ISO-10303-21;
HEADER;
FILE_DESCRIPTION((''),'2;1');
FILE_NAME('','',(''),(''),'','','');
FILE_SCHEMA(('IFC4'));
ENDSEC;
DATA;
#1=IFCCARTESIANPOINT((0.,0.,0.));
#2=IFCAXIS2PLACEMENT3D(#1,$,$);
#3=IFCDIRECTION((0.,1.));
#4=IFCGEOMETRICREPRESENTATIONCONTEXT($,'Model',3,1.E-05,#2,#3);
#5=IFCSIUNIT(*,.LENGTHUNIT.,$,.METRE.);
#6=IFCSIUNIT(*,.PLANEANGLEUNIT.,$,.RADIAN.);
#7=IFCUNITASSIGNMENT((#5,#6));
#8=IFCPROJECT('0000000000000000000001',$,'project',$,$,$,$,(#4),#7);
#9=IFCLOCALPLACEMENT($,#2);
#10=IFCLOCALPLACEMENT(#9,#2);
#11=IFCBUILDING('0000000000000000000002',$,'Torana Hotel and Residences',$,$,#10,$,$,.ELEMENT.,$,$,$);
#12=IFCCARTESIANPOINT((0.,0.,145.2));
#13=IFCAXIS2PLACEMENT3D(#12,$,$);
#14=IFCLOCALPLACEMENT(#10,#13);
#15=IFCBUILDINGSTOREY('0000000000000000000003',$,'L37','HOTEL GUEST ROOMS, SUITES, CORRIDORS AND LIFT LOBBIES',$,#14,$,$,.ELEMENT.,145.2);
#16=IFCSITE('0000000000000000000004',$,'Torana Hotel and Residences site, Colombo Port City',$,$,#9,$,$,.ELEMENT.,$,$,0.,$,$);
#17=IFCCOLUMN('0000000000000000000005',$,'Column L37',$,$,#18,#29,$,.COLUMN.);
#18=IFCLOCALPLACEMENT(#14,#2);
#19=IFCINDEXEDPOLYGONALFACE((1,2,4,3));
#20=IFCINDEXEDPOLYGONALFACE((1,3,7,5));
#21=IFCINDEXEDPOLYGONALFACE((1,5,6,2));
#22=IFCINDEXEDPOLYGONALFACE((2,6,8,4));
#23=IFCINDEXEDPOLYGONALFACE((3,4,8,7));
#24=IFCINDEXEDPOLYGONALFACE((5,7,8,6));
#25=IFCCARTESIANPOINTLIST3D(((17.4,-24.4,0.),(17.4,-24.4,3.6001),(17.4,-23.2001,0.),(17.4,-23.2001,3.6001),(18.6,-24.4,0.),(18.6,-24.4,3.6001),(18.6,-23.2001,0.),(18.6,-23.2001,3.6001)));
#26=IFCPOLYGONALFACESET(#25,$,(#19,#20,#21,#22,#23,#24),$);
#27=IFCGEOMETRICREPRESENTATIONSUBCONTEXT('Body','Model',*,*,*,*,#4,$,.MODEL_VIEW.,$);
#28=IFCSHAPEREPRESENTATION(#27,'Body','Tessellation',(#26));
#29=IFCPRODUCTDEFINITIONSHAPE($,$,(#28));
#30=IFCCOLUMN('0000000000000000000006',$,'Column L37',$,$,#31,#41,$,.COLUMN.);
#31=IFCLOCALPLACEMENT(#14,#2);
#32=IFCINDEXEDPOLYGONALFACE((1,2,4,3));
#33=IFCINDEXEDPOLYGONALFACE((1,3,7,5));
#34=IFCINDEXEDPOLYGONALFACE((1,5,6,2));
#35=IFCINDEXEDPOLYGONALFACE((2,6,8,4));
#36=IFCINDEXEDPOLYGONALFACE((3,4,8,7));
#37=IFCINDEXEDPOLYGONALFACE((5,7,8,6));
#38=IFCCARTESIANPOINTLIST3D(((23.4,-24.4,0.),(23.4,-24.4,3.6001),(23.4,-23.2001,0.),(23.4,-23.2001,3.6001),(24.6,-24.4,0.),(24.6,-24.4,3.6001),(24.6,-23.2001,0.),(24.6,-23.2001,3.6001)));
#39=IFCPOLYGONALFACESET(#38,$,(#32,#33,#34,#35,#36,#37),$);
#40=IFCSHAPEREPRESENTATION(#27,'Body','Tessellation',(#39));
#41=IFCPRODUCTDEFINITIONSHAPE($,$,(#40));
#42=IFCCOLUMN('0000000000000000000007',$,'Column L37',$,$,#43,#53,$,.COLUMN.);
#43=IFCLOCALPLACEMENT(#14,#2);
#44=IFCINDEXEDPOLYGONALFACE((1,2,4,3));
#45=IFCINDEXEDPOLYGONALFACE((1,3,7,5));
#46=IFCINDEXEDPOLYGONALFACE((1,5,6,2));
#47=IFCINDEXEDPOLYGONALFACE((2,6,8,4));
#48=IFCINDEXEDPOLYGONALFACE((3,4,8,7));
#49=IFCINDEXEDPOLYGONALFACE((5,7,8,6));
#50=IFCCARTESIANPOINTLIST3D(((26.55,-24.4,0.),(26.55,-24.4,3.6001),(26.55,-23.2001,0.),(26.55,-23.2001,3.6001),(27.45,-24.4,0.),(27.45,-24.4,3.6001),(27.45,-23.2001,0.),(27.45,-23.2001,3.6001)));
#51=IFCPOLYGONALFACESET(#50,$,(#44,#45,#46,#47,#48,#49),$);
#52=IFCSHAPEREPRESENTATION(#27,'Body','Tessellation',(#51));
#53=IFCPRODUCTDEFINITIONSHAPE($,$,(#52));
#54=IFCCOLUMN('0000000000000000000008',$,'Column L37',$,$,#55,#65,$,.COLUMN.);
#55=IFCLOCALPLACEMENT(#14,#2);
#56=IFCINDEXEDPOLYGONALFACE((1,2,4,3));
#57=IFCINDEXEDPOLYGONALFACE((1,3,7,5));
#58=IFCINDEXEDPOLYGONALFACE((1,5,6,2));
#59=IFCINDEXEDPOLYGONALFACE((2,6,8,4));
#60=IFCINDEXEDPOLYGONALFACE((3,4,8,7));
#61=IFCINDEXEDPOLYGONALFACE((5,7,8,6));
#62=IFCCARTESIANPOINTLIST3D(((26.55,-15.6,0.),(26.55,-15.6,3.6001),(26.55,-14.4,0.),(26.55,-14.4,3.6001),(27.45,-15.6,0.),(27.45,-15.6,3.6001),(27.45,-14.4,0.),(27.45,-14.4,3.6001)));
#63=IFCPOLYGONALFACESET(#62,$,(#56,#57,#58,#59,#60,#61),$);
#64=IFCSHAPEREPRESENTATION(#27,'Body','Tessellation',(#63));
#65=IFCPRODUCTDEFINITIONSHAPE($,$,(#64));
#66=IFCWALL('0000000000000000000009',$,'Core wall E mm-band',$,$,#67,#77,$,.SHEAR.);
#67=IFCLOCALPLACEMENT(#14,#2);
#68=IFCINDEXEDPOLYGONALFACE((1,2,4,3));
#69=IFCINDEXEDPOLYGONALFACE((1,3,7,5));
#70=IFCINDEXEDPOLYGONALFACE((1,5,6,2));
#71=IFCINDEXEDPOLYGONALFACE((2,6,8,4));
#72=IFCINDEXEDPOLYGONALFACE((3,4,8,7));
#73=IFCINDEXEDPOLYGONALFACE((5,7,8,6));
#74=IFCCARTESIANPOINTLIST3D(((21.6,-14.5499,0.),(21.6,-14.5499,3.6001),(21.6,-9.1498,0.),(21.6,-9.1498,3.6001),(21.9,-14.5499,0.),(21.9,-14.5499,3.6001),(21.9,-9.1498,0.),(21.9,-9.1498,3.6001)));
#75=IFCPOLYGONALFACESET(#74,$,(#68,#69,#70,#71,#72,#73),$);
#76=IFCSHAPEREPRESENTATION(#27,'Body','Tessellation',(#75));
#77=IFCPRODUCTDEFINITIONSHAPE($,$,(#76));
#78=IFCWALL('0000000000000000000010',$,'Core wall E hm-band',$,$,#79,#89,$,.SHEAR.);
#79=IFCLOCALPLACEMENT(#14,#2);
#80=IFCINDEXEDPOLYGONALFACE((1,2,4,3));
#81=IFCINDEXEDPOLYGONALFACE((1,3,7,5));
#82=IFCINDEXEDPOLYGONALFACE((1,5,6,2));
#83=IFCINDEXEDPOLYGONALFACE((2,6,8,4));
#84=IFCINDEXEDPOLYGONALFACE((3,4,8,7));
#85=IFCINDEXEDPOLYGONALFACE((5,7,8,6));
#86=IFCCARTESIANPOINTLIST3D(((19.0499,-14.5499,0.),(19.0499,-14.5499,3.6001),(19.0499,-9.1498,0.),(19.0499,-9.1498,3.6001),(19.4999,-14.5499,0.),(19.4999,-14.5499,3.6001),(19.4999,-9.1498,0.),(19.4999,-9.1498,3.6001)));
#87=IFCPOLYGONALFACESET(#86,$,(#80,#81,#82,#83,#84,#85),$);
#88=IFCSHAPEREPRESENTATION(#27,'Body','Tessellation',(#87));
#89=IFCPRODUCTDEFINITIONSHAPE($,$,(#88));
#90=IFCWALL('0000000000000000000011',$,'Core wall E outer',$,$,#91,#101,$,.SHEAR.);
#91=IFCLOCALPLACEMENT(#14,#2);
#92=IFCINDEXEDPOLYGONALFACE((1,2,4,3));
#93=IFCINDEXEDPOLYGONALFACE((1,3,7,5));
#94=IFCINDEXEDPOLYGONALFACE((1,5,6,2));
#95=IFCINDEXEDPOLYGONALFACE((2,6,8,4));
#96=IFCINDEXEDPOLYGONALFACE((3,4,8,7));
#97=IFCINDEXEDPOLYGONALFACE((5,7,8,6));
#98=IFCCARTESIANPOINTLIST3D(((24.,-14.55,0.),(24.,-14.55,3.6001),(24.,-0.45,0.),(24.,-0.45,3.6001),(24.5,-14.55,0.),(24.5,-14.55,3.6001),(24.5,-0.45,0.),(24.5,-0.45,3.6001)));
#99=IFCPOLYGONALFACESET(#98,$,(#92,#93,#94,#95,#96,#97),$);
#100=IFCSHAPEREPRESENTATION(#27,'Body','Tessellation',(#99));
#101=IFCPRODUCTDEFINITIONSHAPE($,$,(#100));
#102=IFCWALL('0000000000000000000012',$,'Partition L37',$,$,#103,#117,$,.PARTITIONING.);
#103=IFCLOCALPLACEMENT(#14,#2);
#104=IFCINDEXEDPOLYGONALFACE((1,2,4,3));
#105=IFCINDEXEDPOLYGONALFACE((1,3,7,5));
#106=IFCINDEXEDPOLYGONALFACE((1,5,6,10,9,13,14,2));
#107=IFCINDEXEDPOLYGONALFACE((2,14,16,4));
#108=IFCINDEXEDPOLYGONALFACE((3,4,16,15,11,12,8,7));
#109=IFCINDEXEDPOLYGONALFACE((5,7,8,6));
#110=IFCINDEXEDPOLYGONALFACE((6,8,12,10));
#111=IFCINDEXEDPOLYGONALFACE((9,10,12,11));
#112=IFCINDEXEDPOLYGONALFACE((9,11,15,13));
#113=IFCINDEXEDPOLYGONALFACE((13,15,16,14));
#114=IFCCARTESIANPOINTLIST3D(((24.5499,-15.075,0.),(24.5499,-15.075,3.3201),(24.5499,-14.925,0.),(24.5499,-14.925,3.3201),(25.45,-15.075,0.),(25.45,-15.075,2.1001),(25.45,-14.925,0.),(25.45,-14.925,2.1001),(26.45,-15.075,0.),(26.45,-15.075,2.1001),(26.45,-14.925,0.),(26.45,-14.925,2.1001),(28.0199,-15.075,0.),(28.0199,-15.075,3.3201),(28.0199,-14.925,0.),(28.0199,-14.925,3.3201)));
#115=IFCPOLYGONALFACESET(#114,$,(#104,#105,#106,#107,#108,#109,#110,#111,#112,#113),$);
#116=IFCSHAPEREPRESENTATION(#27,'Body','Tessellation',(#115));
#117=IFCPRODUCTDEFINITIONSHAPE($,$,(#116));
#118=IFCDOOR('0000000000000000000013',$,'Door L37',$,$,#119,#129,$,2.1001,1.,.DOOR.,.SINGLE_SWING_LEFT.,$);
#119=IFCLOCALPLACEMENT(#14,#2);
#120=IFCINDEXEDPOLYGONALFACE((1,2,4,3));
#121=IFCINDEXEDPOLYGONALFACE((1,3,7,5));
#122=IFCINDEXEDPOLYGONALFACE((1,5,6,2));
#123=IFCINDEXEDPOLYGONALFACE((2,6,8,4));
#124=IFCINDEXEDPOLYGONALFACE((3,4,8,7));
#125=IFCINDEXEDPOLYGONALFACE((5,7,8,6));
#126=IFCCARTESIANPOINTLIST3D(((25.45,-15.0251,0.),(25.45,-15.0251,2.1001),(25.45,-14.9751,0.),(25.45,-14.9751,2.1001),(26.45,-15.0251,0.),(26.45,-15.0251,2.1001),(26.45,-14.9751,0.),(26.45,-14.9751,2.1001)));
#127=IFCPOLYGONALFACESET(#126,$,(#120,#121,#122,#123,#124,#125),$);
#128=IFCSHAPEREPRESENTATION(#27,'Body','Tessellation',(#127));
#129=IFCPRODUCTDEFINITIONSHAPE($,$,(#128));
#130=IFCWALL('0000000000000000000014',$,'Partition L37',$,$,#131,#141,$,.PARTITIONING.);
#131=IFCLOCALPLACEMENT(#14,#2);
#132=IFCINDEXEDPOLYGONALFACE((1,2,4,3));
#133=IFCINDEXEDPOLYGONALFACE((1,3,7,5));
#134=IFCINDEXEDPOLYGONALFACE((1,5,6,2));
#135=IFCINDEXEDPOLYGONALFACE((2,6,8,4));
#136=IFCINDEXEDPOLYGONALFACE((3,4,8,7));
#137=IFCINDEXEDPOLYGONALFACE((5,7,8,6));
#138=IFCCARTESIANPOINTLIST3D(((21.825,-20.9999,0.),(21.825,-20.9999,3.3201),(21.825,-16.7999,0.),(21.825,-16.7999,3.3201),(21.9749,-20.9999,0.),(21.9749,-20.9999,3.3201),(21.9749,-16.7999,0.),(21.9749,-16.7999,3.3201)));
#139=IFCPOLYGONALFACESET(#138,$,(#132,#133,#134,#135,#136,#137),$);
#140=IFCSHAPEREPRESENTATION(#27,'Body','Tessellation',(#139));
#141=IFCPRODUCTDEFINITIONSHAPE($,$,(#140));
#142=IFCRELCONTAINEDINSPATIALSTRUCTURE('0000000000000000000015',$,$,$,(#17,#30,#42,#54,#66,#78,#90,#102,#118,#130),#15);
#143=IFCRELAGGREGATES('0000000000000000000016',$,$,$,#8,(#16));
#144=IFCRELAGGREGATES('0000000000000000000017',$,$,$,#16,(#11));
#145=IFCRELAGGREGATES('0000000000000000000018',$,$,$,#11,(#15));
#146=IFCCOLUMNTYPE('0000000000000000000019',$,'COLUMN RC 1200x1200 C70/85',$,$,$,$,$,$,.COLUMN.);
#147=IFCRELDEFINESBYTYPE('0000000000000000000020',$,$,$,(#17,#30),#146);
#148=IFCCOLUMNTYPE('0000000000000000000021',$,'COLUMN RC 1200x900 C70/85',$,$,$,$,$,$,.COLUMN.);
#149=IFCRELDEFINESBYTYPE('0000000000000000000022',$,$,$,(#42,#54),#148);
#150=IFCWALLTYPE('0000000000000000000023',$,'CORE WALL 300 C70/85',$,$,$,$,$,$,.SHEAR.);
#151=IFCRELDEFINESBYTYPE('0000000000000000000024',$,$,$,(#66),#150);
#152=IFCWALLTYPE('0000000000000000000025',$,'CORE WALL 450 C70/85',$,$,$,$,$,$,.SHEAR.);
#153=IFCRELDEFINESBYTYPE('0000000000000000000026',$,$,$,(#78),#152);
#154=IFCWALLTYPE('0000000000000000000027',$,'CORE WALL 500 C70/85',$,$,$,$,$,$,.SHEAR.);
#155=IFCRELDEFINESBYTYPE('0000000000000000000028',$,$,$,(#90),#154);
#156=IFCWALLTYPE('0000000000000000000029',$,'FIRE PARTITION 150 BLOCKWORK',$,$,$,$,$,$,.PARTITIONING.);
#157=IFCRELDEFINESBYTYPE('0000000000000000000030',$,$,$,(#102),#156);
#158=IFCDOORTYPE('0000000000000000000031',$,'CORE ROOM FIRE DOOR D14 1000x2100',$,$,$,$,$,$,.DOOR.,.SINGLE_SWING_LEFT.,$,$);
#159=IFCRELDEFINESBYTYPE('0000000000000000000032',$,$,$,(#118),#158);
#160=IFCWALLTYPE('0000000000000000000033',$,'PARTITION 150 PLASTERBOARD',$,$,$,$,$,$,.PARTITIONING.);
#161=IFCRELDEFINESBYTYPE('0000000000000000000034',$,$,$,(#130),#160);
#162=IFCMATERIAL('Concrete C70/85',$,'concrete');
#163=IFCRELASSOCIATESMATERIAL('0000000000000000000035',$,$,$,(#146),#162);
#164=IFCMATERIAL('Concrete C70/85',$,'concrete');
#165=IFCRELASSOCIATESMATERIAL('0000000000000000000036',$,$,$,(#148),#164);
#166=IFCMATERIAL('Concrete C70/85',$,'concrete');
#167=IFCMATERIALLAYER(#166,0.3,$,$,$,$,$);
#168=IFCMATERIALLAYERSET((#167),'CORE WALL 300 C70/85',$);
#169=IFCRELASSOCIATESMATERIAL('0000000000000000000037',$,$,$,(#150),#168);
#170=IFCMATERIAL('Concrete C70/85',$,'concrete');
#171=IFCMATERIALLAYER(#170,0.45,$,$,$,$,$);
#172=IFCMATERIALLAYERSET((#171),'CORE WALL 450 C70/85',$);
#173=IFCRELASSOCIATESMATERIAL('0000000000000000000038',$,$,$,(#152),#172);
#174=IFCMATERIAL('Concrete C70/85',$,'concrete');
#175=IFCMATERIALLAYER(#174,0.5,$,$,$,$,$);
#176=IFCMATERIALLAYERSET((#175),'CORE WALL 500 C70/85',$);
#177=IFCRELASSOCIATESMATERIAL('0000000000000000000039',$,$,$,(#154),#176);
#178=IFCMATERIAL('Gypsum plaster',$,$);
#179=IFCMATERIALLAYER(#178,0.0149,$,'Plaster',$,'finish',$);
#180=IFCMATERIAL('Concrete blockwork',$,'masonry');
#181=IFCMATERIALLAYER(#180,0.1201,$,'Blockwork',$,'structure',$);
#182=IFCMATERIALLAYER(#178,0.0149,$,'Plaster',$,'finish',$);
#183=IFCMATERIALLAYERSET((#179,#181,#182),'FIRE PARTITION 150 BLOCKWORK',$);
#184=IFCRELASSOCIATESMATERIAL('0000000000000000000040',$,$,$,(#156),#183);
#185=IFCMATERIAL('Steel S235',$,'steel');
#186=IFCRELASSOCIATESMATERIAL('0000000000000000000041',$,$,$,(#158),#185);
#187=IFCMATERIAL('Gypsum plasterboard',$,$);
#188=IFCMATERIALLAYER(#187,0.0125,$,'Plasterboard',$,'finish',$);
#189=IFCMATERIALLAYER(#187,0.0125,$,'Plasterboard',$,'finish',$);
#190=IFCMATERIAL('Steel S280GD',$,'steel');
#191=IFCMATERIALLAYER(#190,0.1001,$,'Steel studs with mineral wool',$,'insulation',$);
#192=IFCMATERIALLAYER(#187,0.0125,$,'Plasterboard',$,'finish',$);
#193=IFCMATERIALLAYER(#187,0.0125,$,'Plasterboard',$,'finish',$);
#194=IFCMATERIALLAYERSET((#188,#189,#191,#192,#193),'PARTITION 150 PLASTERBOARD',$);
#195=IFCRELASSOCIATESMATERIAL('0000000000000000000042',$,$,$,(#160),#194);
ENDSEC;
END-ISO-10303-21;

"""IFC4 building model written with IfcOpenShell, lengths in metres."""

from ifc_helpers import new_model, si_unit, direction, frame, frame_2d, origin, origin_2d, place, context, subcontext, project, spatial, rectangle, extrude, material, layer, layer_set, material_profile, profile_set, type_object, element, fill, save


model = new_model("IFC4")

# Units and contexts
model_context = context("Model", 3, precision=1e-05, world=origin(), true_north=direction((0.0, 1.0)))
body_context = subcontext(model_context, "Body", "Model", "MODEL_VIEW")
ifc_project = project(units=[si_unit("LENGTHUNIT", "METRE"), si_unit("PLANEANGLEUNIT", "RADIAN")], contexts=[model_context])

# Site, building, storey
site_placement = place(None, origin())
site = spatial("IfcSite", under=ifc_project, at=site_placement, Name="Torana Hotel and Residences site, Colombo Port City", CompositionType="ELEMENT", RefElevation=0.0)
building_placement = place(site_placement, origin())
building = spatial("IfcBuilding", under=site, at=building_placement, Name="Torana Hotel and Residences", CompositionType="ELEMENT")
storey_placement = place(building_placement, frame((0.0, 0.0, 145.2)))
storey = spatial("IfcBuildingStorey", under=building, at=storey_placement, Name="L37", Description="HOTEL GUEST ROOMS, SUITES, CORRIDORS AND LIFT LOBBIES", CompositionType="ELEMENT", Elevation=145.2)

# Columns
ifc_material_1 = material(Name="Concrete C70/85", Category="concrete")
ifc_material_profile_1 = material_profile(ifc_material_1, rectangle(XDim=1.2, YDim=1.2, at=origin_2d()), Name="RC 1200x1200")
ifc_profile_set_1 = profile_set([ifc_material_profile_1], Name="Concrete C70/85")
column_type_1 = type_object("IfcColumnType", Name="COLUMN RC 1200x1200 C70/85", PredefinedType="COLUMN", material=ifc_profile_set_1)
for number, where, z_axis, x_axis, name in (
    (1, (18.0, -23.8, 0.0), (0.0, 0.0, 1.0), (1.0, 0.0, 0.0), "Column L37"),
    (2, (24.0, -23.8, 0.0), (0.0, 0.0, 1.0), (1.0, 0.0, 0.0), "Column L37"),
):
    element("IfcColumn", number, at=place(storey_placement, frame(where, z_axis=z_axis, x_axis=x_axis)), inside=storey, type_object=column_type_1, Name=name, PredefinedType="COLUMN", context=body_context, shape_type="SweptSolid", body=[
        extrude(rectangle(XDim=1.2, YDim=1.2, at=origin_2d()), origin(), (0.0, 0.0, 1.0), 3.6001),
    ])
ifc_material_2 = material(Name="Concrete C70/85", Category="concrete")
ifc_material_profile_2 = material_profile(ifc_material_2, rectangle(XDim=1.2, YDim=0.8999, at=origin_2d()), Name="RC 1200x900")
ifc_profile_set_2 = profile_set([ifc_material_profile_2], Name="Concrete C70/85")
column_type_2 = type_object("IfcColumnType", Name="COLUMN RC 1200x900 C70/85", PredefinedType="COLUMN", material=ifc_profile_set_2)
for number, where, z_axis, x_axis, name in (
    (3, (27.0, -23.8, 0.0), (0.0, 0.0, 1.0), (0.0, 1.0, 0.0), "Column L37"),
    (4, (27.0, -15.0, 0.0), (0.0, 0.0, 1.0), (0.0, 1.0, 0.0), "Column L37"),
):
    element("IfcColumn", number, at=place(storey_placement, frame(where, z_axis=z_axis, x_axis=x_axis)), inside=storey, type_object=column_type_2, Name=name, PredefinedType="COLUMN", context=body_context, shape_type="SweptSolid", body=[
        extrude(rectangle(XDim=1.2, YDim=0.8999, at=origin_2d()), origin(), (0.0, 0.0, 1.0), 3.6001),
    ])

# Walls
ifc_material_3 = material(Name="Concrete C70/85", Category="concrete")
ifc_layer_1 = layer(ifc_material_3, 0.3)
ifc_layer_set_1 = layer_set([ifc_layer_1], Name="CORE WALL 300 C70/85")
wall_type_1 = type_object("IfcWallType", Name="CORE WALL 300 C70/85", PredefinedType="SHEAR", material=ifc_layer_set_1)
wall_1_placement = place(storey_placement, frame((21.75, -14.55, 0.0), z_axis=(0.0, 0.0, 1.0), x_axis=(0.0, 1.0, 0.0)))
element("IfcWall", 5, at=wall_1_placement, inside=storey, type_object=wall_type_1, Name="Core wall E mm-band", PredefinedType="SHEAR", context=body_context, shape_type="SweptSolid", body=[
    extrude(rectangle(XDim=5.4001, YDim=0.3, at=frame_2d((2.7002, 0.0))), origin(), (0.0, 0.0, 1.0), 3.6001),
])
ifc_material_4 = material(Name="Concrete C70/85", Category="concrete")
ifc_layer_2 = layer(ifc_material_4, 0.45)
ifc_layer_set_2 = layer_set([ifc_layer_2], Name="CORE WALL 450 C70/85")
wall_type_2 = type_object("IfcWallType", Name="CORE WALL 450 C70/85", PredefinedType="SHEAR", material=ifc_layer_set_2)
wall_2_placement = place(storey_placement, frame((19.2749, -14.55, 0.0), z_axis=(0.0, 0.0, 1.0), x_axis=(0.0, 1.0, 0.0)))
element("IfcWall", 6, at=wall_2_placement, inside=storey, type_object=wall_type_2, Name="Core wall E hm-band", PredefinedType="SHEAR", context=body_context, shape_type="SweptSolid", body=[
    extrude(rectangle(XDim=5.4001, YDim=0.45, at=frame_2d((2.7002, 0.0))), origin(), (0.0, 0.0, 1.0), 3.6001),
])
ifc_material_5 = material(Name="Concrete C70/85", Category="concrete")
ifc_layer_3 = layer(ifc_material_5, 0.5)
ifc_layer_set_3 = layer_set([ifc_layer_3], Name="CORE WALL 500 C70/85")
wall_type_3 = type_object("IfcWallType", Name="CORE WALL 500 C70/85", PredefinedType="SHEAR", material=ifc_layer_set_3)
wall_3_placement = place(storey_placement, frame((24.25, -14.55, 0.0), z_axis=(0.0, 0.0, 1.0), x_axis=(0.0, 1.0, 0.0)))
element("IfcWall", 7, at=wall_3_placement, inside=storey, type_object=wall_type_3, Name="Core wall E outer", PredefinedType="SHEAR", context=body_context, shape_type="SweptSolid", body=[
    extrude(rectangle(XDim=14.1001, YDim=0.5, at=frame_2d((7.05, 0.0))), origin(), (0.0, 0.0, 1.0), 3.6001),
])

# Wall, opening, door
ifc_material_6 = material(Name="Gypsum plaster")
ifc_layer_4 = layer(ifc_material_6, 0.0149, Name="Plaster", Category="finish")
ifc_material_7 = material(Name="Concrete blockwork", Category="masonry")
ifc_layer_5 = layer(ifc_material_7, 0.1201, Name="Blockwork", Category="structure")
ifc_layer_6 = layer(ifc_material_6, 0.0149, Name="Plaster", Category="finish")
ifc_layer_set_4 = layer_set([ifc_layer_4, ifc_layer_5, ifc_layer_6], Name="FIRE PARTITION 150 BLOCKWORK")
wall_type_4 = type_object("IfcWallType", Name="FIRE PARTITION 150 BLOCKWORK", PredefinedType="PARTITIONING", material=ifc_layer_set_4)
wall_4_placement = place(storey_placement, frame((24.55, -15.0, 0.0), z_axis=(0.0, 0.0, 1.0), x_axis=(1.0, 0.0, 0.0)))
wall_4 = element("IfcWall", 8, at=wall_4_placement, inside=storey, type_object=wall_type_4, Name="Partition L37", PredefinedType="PARTITIONING", context=body_context, shape_type="SweptSolid", body=[
    extrude(rectangle(XDim=3.47, YDim=0.1499, at=frame_2d((1.7349, 0.0))), origin(), (0.0, 0.0, 1.0), 3.3201),
])
opening_1_placement = place(wall_4_placement, frame((0.8999, 0.0, 0.0)))
opening_1 = element("IfcOpeningElement", 9, at=opening_1_placement, cuts=wall_4, PredefinedType="OPENING", context=body_context, shape_type="SweptSolid", body=[
    extrude(rectangle(XDim=1.0, YDim=2.1001, at=frame_2d((0.5, 1.05))), frame((0.0, 0.085, 0.0), z_axis=(0.0, -1.0, 0.0), x_axis=(1.0, 0.0, 0.0)), (0.0, 0.0, 1.0), 0.1699),
])
ifc_material_8 = material(Name="Steel S235", Category="steel")
door_type_1 = type_object("IfcDoorType", Name="CORE ROOM FIRE DOOR D14 1000x2100", OperationType="SINGLE_SWING_LEFT", PredefinedType="DOOR", material=ifc_material_8)
door_1_placement = place(opening_1_placement, origin())
door_1 = element("IfcDoor", 10, at=door_1_placement, inside=storey, type_object=door_type_1, Name="Door L37", OperationType="SINGLE_SWING_LEFT", OverallHeight=2.1001, OverallWidth=1.0, PredefinedType="DOOR", context=body_context, shape_type="SweptSolid", body=[
    extrude(rectangle(XDim=1.0, YDim=2.1001, at=frame_2d((0.5, 1.05))), frame((0.0, 0.0249, 0.0), z_axis=(0.0, -1.0, 0.0), x_axis=(1.0, 0.0, 0.0)), (0.0, 0.0, 1.0), 0.05),
])
fill(opening_1, door_1)

# Wall
ifc_material_9 = material(Name="Gypsum plasterboard")
ifc_layer_7 = layer(ifc_material_9, 0.0125, Name="Plasterboard", Category="finish")
ifc_layer_8 = layer(ifc_material_9, 0.0125, Name="Plasterboard", Category="finish")
ifc_material_10 = material(Name="Steel S280GD", Category="steel")
ifc_layer_9 = layer(ifc_material_10, 0.1001, Name="Steel studs with mineral wool", Category="insulation")
ifc_layer_10 = layer(ifc_material_9, 0.0125, Name="Plasterboard", Category="finish")
ifc_layer_11 = layer(ifc_material_9, 0.0125, Name="Plasterboard", Category="finish")
ifc_layer_set_5 = layer_set([ifc_layer_7, ifc_layer_8, ifc_layer_9, ifc_layer_10, ifc_layer_11], Name="PARTITION 150 PLASTERBOARD")
wall_type_5 = type_object("IfcWallType", Name="PARTITION 150 PLASTERBOARD", PredefinedType="PARTITIONING", material=ifc_layer_set_5)
wall_5_placement = place(storey_placement, frame((21.8999, -21.0, 0.0), z_axis=(0.0, 0.0, 1.0), x_axis=(0.0, 1.0, 0.0)))
element("IfcWall", 11, at=wall_5_placement, inside=storey, type_object=wall_type_5, Name="Partition L37", PredefinedType="PARTITIONING", context=body_context, shape_type="SweptSolid", body=[
    extrude(rectangle(XDim=4.2, YDim=0.1499, at=frame_2d((2.1001, 0.0))), origin(), (0.0, 0.0, 1.0), 3.3201),
])

save(model, "model.ifc")
